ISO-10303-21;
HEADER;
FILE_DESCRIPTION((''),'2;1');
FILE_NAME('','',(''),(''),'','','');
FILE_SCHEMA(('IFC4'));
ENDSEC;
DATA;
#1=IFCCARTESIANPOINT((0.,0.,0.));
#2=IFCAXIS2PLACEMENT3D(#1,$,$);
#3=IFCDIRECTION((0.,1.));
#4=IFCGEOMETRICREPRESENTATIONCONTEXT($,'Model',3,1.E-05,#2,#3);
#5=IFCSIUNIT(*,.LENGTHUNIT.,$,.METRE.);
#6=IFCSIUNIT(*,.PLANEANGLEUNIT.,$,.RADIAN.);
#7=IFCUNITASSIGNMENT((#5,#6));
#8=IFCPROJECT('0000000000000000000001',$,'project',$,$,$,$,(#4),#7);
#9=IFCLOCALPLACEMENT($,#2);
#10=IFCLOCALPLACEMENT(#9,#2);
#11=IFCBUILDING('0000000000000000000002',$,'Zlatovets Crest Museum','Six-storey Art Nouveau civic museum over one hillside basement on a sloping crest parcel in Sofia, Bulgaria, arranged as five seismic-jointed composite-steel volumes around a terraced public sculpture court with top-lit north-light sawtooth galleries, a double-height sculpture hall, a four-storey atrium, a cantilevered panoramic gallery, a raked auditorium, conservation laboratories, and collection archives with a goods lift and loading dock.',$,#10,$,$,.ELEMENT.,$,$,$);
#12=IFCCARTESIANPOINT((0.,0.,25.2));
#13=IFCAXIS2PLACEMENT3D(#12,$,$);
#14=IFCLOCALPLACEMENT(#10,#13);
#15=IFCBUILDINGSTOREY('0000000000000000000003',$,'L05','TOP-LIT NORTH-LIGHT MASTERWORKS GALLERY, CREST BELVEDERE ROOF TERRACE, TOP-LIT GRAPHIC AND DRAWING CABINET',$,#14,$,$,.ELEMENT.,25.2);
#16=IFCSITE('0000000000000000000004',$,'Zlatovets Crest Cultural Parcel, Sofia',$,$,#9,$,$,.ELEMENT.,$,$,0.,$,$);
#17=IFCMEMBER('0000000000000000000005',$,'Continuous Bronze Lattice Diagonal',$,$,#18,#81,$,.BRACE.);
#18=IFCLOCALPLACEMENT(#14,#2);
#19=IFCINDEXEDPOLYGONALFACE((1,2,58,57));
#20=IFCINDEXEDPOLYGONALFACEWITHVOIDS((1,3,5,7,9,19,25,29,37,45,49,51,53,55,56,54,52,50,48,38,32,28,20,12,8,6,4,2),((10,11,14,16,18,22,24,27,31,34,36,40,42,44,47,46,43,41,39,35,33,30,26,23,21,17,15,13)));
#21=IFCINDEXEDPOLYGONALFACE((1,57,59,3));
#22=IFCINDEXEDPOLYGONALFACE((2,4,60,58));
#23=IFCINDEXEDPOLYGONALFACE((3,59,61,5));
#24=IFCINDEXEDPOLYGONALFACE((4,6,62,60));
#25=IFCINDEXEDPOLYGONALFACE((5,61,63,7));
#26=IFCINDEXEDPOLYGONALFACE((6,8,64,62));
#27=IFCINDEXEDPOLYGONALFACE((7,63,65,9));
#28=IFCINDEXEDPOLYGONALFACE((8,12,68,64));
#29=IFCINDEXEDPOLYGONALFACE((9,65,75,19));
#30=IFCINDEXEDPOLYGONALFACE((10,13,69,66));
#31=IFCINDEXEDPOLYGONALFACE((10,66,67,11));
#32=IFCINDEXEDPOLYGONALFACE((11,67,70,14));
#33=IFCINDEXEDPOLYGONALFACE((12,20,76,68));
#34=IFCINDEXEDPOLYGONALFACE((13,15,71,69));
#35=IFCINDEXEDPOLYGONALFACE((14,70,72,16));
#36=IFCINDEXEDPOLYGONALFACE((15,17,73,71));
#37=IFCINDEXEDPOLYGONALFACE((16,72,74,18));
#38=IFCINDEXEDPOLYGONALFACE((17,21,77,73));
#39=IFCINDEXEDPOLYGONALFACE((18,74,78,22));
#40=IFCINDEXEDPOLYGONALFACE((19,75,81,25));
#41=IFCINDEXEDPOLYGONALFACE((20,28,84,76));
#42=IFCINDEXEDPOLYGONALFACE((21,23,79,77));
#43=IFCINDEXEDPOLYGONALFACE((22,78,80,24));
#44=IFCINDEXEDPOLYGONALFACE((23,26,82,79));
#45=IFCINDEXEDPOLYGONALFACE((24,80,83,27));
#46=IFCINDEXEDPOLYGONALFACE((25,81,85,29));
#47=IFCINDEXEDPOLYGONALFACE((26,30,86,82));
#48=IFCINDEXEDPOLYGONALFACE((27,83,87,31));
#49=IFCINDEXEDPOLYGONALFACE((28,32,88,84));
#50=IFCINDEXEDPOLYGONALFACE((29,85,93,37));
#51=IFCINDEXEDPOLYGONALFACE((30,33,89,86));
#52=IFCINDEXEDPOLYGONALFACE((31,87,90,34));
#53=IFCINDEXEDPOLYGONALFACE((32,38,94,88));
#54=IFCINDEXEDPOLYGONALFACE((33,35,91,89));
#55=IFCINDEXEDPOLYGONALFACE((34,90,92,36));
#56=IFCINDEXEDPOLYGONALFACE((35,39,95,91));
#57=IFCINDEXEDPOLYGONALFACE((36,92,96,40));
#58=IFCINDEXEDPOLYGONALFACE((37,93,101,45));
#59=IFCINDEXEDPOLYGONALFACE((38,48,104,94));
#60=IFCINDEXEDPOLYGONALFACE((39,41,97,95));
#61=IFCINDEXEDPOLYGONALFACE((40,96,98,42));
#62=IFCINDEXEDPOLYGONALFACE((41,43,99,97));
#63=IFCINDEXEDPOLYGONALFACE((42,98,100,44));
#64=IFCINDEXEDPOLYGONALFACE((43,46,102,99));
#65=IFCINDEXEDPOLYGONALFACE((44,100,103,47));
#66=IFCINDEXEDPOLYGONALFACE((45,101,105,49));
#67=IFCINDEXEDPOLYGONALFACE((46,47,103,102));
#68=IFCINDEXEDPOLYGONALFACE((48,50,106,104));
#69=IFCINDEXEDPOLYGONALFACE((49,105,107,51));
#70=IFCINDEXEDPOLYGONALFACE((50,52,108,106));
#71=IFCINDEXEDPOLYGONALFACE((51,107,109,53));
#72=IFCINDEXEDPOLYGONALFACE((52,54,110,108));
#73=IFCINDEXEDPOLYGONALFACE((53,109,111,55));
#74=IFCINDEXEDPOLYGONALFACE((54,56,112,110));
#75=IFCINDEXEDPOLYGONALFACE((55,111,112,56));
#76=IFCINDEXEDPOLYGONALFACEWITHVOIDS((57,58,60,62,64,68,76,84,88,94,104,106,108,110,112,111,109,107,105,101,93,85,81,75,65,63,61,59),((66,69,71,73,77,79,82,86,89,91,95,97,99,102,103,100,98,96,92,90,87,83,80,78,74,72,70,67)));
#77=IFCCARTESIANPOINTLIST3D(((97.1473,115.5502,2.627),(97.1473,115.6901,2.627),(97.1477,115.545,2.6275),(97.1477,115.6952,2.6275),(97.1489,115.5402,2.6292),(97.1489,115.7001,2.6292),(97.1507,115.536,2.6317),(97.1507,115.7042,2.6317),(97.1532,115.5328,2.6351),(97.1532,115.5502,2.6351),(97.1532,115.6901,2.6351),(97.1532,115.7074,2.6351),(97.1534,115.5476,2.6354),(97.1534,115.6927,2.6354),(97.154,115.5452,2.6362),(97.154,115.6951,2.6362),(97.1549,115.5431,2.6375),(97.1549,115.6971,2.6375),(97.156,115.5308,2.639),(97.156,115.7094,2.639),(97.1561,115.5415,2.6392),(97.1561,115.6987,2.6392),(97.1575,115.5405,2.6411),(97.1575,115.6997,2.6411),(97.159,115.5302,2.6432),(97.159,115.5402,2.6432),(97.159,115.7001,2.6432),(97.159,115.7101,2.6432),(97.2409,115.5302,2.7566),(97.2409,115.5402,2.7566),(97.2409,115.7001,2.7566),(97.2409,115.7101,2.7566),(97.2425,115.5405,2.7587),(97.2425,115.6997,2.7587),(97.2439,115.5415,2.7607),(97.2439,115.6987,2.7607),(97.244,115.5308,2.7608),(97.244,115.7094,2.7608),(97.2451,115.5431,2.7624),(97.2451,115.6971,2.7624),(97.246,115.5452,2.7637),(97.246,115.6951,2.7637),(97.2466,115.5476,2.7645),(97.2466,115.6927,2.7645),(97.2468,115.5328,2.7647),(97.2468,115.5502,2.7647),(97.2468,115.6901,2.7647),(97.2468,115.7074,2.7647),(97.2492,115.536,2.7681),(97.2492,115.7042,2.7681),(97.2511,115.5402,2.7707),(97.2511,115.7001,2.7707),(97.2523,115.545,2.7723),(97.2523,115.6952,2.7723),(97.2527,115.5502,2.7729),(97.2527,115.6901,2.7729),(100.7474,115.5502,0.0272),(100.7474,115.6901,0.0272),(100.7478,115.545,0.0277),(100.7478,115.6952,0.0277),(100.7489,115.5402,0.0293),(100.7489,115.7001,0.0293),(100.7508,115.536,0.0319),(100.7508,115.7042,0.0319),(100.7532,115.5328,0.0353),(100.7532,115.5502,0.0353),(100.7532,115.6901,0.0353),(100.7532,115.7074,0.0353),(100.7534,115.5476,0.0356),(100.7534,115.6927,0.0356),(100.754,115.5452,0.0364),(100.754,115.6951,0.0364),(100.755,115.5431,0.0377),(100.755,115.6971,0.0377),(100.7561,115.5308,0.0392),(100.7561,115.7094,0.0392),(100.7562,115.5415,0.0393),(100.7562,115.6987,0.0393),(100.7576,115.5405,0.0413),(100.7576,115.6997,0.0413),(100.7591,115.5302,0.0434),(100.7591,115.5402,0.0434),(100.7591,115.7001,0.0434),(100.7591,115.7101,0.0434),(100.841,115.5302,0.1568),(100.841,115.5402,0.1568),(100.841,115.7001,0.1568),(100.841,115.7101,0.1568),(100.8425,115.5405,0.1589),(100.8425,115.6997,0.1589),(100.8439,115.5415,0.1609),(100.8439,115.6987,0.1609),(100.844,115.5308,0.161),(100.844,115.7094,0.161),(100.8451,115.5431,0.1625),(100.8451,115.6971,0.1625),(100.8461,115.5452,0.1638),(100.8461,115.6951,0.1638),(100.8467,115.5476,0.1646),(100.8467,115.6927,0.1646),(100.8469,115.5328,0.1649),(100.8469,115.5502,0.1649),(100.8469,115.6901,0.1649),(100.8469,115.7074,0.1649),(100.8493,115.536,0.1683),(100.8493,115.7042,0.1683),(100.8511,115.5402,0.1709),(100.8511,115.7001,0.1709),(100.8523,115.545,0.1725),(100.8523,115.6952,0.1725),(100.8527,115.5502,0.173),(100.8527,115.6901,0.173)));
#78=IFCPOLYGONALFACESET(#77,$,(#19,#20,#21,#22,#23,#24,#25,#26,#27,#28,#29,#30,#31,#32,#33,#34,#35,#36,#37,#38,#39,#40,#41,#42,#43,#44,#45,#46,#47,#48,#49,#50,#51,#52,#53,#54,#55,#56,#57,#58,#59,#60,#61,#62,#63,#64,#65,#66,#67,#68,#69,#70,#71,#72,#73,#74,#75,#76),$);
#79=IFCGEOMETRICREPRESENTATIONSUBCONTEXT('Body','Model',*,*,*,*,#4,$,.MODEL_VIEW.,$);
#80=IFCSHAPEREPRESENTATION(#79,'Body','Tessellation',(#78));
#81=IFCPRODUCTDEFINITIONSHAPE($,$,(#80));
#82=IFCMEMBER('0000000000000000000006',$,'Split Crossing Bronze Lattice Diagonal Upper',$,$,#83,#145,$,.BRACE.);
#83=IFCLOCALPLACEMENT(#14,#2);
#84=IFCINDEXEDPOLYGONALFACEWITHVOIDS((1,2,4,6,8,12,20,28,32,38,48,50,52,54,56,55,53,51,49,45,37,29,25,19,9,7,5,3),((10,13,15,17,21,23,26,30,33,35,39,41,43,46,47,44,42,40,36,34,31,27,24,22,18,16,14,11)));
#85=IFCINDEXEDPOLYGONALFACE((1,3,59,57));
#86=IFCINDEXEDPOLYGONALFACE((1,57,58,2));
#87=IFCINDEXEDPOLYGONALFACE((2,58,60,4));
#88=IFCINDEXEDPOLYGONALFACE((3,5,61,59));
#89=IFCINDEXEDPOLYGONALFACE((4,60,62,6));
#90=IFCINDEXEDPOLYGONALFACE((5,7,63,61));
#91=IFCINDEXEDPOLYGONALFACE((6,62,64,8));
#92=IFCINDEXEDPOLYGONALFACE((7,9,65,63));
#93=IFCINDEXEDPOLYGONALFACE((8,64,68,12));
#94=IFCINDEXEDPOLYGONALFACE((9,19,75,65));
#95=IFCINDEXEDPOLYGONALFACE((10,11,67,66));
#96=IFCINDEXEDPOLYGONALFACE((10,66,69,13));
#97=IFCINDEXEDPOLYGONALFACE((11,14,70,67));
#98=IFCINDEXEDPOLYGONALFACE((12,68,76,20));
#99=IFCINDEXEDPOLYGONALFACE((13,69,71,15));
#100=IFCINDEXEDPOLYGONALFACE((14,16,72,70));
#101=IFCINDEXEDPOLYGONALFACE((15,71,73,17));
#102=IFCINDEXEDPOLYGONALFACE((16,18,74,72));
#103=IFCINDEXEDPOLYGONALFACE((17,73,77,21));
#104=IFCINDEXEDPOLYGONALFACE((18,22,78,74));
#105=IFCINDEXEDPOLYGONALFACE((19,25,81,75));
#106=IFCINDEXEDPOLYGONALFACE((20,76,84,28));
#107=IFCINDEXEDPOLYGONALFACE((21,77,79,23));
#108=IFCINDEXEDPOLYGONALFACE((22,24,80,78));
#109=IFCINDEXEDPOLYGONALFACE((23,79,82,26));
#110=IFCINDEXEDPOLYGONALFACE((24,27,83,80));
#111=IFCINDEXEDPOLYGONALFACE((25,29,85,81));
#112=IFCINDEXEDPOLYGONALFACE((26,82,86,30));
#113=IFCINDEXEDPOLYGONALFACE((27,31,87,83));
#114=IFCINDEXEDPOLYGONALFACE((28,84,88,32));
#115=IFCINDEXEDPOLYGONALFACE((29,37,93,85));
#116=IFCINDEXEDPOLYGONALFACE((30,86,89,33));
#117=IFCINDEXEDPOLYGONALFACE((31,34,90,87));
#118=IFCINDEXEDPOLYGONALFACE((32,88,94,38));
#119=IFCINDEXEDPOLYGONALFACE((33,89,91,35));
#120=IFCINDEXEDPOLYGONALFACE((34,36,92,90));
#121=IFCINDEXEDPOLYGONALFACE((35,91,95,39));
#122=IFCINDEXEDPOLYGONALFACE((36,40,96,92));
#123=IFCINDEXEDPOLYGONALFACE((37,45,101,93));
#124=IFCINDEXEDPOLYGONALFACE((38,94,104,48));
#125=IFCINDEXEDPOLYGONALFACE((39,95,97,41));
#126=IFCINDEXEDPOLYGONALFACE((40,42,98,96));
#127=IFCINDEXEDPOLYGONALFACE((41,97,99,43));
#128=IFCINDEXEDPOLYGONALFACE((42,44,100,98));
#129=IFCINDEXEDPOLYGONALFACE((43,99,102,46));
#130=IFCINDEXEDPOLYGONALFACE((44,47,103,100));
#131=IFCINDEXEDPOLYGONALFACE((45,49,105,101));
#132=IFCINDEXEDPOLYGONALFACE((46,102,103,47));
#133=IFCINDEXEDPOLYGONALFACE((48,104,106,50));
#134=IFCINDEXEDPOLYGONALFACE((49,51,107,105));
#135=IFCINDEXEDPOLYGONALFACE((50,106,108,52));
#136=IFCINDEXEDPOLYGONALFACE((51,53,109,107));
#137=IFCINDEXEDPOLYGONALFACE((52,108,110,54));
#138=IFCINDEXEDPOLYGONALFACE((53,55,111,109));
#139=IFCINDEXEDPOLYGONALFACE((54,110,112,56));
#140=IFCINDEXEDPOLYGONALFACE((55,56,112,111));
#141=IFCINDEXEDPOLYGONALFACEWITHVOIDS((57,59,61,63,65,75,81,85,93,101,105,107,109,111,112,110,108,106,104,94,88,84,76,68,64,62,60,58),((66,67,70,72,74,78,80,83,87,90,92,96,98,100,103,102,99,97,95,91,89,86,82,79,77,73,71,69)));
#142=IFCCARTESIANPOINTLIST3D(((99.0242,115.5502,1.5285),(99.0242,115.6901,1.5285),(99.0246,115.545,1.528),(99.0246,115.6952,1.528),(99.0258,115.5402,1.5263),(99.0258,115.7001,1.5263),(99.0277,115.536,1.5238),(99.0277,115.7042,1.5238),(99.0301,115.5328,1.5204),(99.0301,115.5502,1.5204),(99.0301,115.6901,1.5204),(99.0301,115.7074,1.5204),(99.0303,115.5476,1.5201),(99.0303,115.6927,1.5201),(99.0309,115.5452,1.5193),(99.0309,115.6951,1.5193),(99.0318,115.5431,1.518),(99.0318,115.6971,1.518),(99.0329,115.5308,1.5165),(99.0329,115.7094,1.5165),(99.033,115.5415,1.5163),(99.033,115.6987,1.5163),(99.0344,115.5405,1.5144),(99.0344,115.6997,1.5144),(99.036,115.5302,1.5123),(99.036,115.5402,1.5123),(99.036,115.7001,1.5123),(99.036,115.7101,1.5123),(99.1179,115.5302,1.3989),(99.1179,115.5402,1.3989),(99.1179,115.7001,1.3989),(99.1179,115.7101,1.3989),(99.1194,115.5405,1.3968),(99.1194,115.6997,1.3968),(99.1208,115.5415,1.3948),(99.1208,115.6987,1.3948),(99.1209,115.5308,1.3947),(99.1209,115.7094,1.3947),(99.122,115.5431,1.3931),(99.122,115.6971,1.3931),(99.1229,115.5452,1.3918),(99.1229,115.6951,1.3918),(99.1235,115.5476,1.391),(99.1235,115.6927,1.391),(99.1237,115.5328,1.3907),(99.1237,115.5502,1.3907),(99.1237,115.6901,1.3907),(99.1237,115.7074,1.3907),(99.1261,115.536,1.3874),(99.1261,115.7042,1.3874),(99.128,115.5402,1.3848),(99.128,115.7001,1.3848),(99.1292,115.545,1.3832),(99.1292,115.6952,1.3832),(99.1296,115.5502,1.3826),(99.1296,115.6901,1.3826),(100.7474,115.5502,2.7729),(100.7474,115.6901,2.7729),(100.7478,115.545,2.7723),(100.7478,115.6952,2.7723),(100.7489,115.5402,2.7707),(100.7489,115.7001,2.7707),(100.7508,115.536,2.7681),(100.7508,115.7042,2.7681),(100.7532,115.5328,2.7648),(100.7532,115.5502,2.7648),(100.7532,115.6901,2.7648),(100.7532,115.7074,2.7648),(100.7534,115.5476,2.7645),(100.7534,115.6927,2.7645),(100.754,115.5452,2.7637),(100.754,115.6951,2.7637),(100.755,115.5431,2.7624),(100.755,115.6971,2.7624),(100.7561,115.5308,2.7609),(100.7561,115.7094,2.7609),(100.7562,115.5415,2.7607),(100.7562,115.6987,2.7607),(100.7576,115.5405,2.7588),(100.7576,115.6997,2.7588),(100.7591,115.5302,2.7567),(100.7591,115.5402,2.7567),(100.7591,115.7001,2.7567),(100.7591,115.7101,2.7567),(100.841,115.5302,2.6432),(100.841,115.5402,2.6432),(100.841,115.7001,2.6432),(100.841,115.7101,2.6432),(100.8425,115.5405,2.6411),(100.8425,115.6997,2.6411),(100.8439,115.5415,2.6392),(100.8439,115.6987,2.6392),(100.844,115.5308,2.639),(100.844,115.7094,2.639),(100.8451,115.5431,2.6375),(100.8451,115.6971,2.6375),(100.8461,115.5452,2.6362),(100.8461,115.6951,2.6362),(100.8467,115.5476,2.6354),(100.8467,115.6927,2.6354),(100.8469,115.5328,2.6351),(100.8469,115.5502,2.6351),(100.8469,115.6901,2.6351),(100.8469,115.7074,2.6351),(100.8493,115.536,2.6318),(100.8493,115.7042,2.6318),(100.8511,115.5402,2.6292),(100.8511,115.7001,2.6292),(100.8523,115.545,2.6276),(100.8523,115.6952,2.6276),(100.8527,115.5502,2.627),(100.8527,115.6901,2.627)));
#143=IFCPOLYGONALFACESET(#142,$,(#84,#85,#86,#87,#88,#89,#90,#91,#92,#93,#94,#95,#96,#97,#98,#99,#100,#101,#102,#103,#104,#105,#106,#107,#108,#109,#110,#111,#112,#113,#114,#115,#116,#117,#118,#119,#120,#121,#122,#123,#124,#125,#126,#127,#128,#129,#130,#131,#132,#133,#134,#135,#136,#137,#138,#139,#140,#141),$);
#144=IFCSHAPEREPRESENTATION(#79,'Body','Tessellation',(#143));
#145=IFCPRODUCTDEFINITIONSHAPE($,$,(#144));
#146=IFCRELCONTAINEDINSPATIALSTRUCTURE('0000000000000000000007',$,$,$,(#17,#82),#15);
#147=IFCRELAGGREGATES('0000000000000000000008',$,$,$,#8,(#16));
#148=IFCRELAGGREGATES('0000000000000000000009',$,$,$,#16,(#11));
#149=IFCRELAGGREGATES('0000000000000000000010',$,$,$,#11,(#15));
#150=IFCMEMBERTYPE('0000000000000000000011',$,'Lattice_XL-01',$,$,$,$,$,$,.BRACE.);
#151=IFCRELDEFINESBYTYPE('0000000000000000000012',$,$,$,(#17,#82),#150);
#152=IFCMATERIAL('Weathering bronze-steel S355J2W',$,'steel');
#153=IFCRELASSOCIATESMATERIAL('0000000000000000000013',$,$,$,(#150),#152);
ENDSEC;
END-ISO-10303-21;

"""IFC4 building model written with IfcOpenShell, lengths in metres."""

from ifc_helpers import new_model, si_unit, direction, frame, origin, origin_2d, place, context, subcontext, project, spatial, hollow_rectangle, extrude, material, material_profile, profile_set, type_object, element, save


model = new_model("IFC4")

# Units and contexts
model_context = context("Model", 3, precision=1e-05, world=origin(), true_north=direction((0.0, 1.0)))
body_context = subcontext(model_context, "Body", "Model", "MODEL_VIEW")
ifc_project = project(units=[si_unit("LENGTHUNIT", "METRE"), si_unit("PLANEANGLEUNIT", "RADIAN")], contexts=[model_context])

# Site, building, storey
site_placement = place(None, origin())
site = spatial("IfcSite", under=ifc_project, at=site_placement, Name="Zlatovets Crest Cultural Parcel, Sofia", CompositionType="ELEMENT", RefElevation=0.0)
building_placement = place(site_placement, origin())
building = spatial("IfcBuilding", under=site, at=building_placement, Name="Zlatovets Crest Museum", Description="Six-storey Art Nouveau civic museum over one hillside basement on a sloping crest parcel in Sofia, Bulgaria, arranged as five seismic-jointed composite-steel volumes around a terraced public sculpture court with top-lit north-light sawtooth galleries, a double-height sculpture hall, a four-storey atrium, a cantilevered panoramic gallery, a raked auditorium, conservation laboratories, and collection archives with a goods lift and loading dock.", CompositionType="ELEMENT")
storey_placement = place(building_placement, frame((0.0, 0.0, 25.2)))
storey = spatial("IfcBuildingStorey", under=building, at=storey_placement, Name="L05", Description="TOP-LIT NORTH-LIGHT MASTERWORKS GALLERY, CREST BELVEDERE ROOF TERRACE, TOP-LIT GRAPHIC AND DRAWING CABINET", CompositionType="ELEMENT", Elevation=25.2)

# Members
ifc_material_1 = material(Name="Weathering bronze-steel S355J2W", Category="steel")
ifc_material_profile_1 = material_profile(ifc_material_1, hollow_rectangle(XDim=0.1799, YDim=0.1799, WallThickness=0.01, InnerFilletRadius=0.01, OuterFilletRadius=0.02, at=origin_2d()), Name="SHS 180x180x10.0")
ifc_profile_set_1 = profile_set([ifc_material_profile_1], Name="Weathering bronze-steel S355J2W")
member_type_1 = type_object("IfcMemberType", Name="Lattice_XL-01", PredefinedType="BRACE", material=ifc_profile_set_1)
member_1_placement = place(storey_placement, frame((100.8, 115.6201, 0.1001), z_axis=(-0.810702, 0.0, 0.585458), x_axis=(0.0, -1.0, 0.0)))
element("IfcMember", 1, at=member_1_placement, inside=storey, type_object=member_type_1, Name="Continuous Bronze Lattice Diagonal", PredefinedType="BRACE", context=body_context, shape_type="SweptSolid", body=[
    extrude(hollow_rectangle(XDim=0.1799, YDim=0.1799, WallThickness=0.01, InnerFilletRadius=0.01, OuterFilletRadius=0.02, at=origin_2d()), origin(), (0.0, 0.0, 1.0), 4.4407),
])
for number, where, z_axis, x_axis, name in (
    (2, (100.8, 115.6201, 2.7), (-0.810703, 0.0, -0.585457), (0.0, -1.0, 0.0), "Split Crossing Bronze Lattice Diagonal Upper"),
):
    element("IfcMember", number, at=place(storey_placement, frame(where, z_axis=z_axis, x_axis=x_axis)), inside=storey, type_object=member_type_1, Name=name, PredefinedType="BRACE", context=body_context, shape_type="SweptSolid", body=[
        extrude(hollow_rectangle(XDim=0.1799, YDim=0.1799, WallThickness=0.01, InnerFilletRadius=0.01, OuterFilletRadius=0.02, at=origin_2d()), origin(), (0.0, 0.0, 1.0), 2.1255),
    ])

save(model, "model.ifc")
